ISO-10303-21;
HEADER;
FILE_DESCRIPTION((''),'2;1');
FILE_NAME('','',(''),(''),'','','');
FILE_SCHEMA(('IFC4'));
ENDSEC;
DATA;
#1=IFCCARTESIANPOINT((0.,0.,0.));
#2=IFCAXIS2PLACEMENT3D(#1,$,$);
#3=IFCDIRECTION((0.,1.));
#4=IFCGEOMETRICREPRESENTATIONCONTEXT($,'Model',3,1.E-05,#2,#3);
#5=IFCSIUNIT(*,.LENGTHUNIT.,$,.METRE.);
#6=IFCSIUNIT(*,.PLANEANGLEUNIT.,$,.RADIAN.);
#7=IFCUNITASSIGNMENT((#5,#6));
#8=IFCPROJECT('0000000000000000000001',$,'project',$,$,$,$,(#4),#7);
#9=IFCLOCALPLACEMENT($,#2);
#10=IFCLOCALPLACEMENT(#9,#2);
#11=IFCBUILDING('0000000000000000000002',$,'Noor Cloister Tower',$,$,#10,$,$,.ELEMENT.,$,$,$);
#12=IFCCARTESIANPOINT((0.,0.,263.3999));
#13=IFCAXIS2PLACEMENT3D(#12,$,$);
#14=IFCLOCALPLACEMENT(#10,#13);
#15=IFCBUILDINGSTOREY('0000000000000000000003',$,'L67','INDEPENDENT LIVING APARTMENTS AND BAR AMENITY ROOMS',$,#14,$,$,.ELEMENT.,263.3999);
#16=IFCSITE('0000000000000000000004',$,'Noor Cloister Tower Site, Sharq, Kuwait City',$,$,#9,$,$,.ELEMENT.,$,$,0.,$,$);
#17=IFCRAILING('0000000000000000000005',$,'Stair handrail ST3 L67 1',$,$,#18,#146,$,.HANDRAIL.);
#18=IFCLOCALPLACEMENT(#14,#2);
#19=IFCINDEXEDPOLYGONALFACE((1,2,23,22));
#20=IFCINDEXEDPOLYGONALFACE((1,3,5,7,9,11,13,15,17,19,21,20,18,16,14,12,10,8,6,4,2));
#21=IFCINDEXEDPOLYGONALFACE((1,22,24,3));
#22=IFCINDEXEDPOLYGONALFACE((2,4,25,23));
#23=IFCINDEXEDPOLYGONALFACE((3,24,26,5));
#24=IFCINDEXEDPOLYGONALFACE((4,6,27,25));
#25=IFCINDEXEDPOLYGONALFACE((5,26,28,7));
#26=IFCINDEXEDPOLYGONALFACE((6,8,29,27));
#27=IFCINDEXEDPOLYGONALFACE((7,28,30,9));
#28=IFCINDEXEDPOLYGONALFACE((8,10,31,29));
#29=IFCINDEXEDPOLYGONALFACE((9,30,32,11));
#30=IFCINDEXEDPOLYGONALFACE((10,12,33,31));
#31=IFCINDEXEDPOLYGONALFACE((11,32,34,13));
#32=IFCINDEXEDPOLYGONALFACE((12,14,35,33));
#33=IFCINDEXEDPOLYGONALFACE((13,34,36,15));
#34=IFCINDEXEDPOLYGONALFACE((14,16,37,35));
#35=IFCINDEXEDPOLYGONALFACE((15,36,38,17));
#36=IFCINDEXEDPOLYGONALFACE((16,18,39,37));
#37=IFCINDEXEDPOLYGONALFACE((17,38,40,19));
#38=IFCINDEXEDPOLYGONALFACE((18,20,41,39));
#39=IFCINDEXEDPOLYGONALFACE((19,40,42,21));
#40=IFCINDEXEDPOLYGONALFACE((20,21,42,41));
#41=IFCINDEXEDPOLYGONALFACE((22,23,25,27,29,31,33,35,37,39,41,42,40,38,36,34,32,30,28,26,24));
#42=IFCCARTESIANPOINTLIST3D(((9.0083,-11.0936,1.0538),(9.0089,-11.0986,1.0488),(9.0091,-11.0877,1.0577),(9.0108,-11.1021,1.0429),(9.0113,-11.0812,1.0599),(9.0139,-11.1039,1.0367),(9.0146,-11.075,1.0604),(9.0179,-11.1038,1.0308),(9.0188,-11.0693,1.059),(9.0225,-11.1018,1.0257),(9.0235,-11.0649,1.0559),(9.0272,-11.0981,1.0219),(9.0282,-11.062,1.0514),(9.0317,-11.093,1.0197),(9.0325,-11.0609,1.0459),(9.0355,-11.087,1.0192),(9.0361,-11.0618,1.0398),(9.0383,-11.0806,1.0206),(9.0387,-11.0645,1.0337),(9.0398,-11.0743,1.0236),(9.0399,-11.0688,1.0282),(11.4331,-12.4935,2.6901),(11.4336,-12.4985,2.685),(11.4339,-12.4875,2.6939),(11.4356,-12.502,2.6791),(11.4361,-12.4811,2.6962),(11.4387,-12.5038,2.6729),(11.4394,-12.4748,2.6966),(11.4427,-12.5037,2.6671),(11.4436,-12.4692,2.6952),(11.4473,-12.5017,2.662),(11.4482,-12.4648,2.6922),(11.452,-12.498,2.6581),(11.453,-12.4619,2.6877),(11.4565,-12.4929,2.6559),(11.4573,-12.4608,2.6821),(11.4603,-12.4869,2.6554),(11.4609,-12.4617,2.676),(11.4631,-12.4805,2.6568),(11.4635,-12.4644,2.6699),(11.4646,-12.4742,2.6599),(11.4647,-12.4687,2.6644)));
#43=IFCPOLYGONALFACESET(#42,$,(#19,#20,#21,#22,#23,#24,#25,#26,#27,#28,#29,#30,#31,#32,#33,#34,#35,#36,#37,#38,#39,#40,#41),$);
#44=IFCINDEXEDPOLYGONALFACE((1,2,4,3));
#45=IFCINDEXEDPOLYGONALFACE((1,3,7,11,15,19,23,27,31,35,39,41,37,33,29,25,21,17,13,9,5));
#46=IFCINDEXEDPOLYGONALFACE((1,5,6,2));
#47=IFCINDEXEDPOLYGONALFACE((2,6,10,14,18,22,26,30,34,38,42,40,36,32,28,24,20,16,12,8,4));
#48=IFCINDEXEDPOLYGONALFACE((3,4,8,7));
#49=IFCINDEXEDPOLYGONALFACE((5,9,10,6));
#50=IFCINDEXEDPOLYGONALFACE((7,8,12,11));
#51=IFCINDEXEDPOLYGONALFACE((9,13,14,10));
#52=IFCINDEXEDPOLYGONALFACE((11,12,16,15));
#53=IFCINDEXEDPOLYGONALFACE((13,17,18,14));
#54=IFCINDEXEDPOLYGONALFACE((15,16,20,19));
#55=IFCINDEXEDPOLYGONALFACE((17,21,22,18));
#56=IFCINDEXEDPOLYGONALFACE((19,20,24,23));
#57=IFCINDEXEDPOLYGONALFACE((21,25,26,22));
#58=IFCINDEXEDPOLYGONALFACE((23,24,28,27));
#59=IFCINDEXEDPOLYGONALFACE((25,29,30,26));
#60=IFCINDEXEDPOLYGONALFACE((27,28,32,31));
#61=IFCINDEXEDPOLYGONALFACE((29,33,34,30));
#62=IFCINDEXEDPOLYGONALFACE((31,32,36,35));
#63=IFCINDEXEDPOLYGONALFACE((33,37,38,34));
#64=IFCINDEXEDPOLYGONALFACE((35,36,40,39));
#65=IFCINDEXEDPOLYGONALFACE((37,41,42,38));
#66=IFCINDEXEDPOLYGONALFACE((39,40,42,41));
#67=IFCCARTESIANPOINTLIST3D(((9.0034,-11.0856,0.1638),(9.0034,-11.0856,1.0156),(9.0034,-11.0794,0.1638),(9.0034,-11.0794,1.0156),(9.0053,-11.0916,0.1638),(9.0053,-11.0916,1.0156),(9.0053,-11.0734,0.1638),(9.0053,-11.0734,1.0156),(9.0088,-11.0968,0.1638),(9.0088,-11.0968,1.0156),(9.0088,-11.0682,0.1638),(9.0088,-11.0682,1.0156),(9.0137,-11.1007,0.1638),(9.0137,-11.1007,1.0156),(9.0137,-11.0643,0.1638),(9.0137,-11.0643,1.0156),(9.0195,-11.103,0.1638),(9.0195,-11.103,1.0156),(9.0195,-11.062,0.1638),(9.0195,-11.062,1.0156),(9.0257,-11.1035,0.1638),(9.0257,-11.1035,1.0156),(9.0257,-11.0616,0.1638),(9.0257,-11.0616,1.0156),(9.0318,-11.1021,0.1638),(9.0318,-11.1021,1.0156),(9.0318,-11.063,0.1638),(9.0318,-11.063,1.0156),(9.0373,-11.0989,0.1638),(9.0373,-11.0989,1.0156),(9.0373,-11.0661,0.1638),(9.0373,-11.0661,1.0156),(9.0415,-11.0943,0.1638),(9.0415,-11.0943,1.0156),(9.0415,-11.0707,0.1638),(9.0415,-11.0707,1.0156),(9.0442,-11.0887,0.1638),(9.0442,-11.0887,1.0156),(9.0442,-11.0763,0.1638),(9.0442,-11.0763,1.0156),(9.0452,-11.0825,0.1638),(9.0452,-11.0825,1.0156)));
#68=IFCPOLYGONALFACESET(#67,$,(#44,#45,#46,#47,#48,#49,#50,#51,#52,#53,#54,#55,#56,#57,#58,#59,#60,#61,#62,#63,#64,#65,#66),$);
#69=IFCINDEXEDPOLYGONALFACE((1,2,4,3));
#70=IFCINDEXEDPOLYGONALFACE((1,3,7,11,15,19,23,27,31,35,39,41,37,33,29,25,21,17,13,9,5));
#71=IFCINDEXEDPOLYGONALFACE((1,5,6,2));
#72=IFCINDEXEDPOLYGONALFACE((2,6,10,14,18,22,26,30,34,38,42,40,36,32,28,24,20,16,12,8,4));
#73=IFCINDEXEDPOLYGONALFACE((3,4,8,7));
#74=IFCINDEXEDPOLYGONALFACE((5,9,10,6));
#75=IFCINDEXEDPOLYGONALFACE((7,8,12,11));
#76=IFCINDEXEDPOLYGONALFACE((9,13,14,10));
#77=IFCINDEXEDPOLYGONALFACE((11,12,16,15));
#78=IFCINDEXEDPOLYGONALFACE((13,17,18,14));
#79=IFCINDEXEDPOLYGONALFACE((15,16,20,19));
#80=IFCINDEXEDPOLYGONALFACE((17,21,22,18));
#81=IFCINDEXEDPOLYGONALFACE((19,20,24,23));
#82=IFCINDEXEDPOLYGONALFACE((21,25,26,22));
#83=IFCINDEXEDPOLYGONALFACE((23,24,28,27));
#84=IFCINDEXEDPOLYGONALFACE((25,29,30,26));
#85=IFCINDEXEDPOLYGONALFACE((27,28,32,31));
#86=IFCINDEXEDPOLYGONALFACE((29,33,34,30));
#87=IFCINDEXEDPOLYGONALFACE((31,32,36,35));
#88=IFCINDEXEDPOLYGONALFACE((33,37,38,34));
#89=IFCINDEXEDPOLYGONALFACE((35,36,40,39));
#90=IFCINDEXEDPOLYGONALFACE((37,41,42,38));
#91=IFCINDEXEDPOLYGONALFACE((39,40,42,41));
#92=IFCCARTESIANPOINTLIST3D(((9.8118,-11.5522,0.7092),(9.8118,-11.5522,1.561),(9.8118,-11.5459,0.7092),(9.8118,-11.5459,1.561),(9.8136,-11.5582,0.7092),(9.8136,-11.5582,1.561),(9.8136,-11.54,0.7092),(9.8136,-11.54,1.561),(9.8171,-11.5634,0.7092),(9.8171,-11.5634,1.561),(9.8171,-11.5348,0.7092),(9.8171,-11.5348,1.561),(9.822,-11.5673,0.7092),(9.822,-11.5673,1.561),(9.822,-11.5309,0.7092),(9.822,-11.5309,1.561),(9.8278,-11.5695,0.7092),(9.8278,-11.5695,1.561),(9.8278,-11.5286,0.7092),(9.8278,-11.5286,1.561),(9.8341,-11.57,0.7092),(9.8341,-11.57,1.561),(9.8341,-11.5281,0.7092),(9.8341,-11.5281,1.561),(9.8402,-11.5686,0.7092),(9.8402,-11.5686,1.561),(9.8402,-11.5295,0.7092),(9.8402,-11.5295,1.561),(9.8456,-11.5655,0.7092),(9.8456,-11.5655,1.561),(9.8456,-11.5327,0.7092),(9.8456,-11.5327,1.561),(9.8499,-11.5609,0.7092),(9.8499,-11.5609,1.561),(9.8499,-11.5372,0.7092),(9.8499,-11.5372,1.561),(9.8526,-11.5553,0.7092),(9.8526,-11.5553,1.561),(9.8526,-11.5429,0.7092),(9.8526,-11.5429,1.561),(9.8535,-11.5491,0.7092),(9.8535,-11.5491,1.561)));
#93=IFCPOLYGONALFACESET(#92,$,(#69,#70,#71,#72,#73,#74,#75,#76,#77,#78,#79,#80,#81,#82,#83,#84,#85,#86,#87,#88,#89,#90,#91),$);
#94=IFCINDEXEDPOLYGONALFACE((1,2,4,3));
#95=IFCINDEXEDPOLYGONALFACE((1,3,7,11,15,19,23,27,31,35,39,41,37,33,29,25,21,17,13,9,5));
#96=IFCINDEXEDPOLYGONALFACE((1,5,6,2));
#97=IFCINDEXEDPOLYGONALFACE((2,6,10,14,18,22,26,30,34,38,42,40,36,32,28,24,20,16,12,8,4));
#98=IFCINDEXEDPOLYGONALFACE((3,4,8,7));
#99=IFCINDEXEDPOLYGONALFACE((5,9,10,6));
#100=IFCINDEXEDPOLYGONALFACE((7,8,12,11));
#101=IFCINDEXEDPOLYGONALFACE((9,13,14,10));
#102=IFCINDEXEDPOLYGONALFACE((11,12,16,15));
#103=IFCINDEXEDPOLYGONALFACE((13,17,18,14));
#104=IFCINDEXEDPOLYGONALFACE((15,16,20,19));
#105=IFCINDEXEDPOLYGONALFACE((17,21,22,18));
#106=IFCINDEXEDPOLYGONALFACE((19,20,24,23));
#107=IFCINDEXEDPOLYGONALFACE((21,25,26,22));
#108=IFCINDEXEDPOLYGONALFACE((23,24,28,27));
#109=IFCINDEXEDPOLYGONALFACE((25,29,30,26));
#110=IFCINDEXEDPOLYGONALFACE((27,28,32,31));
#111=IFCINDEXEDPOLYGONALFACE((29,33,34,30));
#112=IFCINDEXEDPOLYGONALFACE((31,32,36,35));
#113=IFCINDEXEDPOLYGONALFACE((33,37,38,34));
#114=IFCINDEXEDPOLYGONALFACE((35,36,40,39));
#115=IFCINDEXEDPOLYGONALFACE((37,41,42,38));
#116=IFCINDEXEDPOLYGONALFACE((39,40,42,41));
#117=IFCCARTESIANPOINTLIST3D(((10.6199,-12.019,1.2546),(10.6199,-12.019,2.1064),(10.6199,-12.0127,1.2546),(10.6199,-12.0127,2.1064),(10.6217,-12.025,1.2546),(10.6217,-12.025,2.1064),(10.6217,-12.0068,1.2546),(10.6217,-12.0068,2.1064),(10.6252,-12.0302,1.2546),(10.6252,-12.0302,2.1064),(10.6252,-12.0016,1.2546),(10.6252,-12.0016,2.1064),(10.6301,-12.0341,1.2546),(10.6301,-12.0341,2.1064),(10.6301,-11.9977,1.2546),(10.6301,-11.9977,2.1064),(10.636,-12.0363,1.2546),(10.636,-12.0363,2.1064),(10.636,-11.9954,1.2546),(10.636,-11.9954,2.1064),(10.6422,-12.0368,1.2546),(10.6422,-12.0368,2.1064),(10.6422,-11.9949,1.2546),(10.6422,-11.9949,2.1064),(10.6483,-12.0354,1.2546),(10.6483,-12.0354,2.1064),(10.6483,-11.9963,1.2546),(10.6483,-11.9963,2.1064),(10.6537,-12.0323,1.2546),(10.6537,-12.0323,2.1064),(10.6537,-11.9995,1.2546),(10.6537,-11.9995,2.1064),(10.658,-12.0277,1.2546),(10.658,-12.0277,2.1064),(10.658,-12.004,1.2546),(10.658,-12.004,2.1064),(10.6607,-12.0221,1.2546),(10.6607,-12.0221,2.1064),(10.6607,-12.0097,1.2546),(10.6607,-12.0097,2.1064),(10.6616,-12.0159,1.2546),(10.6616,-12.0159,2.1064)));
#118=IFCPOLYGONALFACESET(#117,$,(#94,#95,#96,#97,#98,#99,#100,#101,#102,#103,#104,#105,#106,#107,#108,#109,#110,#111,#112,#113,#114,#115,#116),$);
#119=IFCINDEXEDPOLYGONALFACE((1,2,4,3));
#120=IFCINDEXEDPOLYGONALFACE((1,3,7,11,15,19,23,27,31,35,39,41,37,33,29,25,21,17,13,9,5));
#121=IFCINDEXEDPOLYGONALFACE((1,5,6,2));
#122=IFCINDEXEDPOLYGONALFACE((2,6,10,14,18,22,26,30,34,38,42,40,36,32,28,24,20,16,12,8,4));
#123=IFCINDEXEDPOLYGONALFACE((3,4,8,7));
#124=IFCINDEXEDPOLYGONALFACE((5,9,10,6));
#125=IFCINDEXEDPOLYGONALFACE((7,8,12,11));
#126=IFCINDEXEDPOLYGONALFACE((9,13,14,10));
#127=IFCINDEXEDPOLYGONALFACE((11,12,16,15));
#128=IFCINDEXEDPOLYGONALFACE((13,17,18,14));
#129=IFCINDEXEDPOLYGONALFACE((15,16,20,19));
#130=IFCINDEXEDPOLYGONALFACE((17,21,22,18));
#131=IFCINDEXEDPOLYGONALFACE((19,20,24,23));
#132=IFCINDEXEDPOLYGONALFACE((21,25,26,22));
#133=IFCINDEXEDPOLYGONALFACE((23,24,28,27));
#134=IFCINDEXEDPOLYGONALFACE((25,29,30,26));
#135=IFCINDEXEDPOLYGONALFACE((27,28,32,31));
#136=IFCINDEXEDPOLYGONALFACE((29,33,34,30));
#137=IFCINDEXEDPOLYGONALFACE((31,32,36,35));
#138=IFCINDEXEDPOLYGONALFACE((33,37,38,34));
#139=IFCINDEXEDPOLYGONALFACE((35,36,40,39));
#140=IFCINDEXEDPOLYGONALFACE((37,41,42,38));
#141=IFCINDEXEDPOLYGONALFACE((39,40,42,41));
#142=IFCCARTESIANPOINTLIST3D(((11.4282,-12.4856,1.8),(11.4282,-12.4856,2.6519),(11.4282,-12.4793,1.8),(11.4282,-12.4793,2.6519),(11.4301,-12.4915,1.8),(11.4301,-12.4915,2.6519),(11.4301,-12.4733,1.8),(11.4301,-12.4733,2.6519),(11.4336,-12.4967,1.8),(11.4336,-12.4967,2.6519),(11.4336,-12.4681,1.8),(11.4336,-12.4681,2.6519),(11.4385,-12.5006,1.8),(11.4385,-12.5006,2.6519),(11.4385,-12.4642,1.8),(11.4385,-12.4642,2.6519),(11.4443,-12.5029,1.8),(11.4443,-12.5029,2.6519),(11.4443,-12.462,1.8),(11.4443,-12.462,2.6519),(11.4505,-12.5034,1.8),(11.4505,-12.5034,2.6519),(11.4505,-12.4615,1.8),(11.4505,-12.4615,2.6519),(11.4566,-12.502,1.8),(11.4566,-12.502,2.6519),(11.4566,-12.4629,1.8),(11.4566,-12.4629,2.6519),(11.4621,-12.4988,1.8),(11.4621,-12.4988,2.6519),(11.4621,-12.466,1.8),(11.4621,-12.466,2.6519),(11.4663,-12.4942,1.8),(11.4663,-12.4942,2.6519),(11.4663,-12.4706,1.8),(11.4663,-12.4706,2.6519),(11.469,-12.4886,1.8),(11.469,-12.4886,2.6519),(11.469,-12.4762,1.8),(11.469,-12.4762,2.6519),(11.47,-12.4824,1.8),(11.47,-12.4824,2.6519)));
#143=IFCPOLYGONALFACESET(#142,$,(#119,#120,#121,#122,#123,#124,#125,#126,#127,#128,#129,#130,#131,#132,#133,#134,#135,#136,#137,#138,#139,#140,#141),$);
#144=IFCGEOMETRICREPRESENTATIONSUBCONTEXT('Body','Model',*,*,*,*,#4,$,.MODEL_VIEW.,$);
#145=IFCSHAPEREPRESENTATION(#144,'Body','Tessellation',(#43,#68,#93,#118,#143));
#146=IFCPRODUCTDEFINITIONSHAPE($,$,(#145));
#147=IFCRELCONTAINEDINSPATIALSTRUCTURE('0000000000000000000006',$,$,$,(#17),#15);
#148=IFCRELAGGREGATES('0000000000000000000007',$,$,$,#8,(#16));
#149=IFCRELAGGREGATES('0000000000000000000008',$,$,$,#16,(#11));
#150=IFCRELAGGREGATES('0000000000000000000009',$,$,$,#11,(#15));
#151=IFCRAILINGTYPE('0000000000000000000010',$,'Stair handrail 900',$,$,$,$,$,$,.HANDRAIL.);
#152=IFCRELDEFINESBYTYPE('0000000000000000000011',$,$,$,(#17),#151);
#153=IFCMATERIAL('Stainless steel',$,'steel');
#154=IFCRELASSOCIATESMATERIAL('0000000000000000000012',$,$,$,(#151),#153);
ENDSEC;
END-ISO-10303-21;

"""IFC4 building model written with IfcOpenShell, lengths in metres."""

from ifc_helpers import new_model, si_unit, direction, frame, origin, origin_2d, place, context, subcontext, project, spatial, circle, extrude, material, type_object, element, save


model = new_model("IFC4")

# Units and contexts
model_context = context("Model", 3, precision=1e-05, world=origin(), true_north=direction((0.0, 1.0)))
body_context = subcontext(model_context, "Body", "Model", "MODEL_VIEW")
ifc_project = project(units=[si_unit("LENGTHUNIT", "METRE"), si_unit("PLANEANGLEUNIT", "RADIAN")], contexts=[model_context])

# Site, building, storey
site_placement = place(None, origin())
site = spatial("IfcSite", under=ifc_project, at=site_placement, Name="Noor Cloister Tower Site, Sharq, Kuwait City", CompositionType="ELEMENT", RefElevation=0.0)
building_placement = place(site_placement, origin())
building = spatial("IfcBuilding", under=site, at=building_placement, Name="Noor Cloister Tower", CompositionType="ELEMENT")
storey_placement = place(building_placement, frame((0.0, 0.0, 263.3999)))
storey = spatial("IfcBuildingStorey", under=building, at=storey_placement, Name="L67", Description="INDEPENDENT LIVING APARTMENTS AND BAR AMENITY ROOMS", CompositionType="ELEMENT", Elevation=263.3999)

# Railing
ifc_material_1 = material(Name="Stainless steel", Category="steel")
railing_type = type_object("IfcRailingType", Name="Stair handrail 900", PredefinedType="HANDRAIL", material=ifc_material_1)
railing_placement = place(storey_placement, frame((9.0242, -11.0825, 0.1638)))
element("IfcRailing", 1, at=railing_placement, inside=storey, type_object=railing_type, Name="Stair handrail ST3 L67 1", PredefinedType="HANDRAIL", context=body_context, shape_type="SweptSolid", body=[
    extrude(circle(Radius=0.0239, at=origin_2d()), frame((0.0, 0.0, 0.876), z_axis=(0.747718, -0.431677, 0.504552), x_axis=(0.499984, 0.866035, 0.0)), (0.0, 0.0, 1.0), 3.2429),
    extrude(circle(Radius=0.021, at=origin_2d()), origin(), (0.0, 0.0, 1.0), 0.8518),
    extrude(circle(Radius=0.021, at=origin_2d()), frame((0.8083, -0.4666, 0.5454)), (0.0, 0.0, 1.0), 0.8518),
    extrude(circle(Radius=0.021, at=origin_2d()), frame((1.6165, -0.9333, 1.0908)), (0.0, 0.0, 1.0), 0.8518),
    extrude(circle(Radius=0.021, at=origin_2d()), frame((2.4248, -1.3999, 1.6362)), (0.0, 0.0, 1.0), 0.8518),
])

save(model, "model.ifc")
